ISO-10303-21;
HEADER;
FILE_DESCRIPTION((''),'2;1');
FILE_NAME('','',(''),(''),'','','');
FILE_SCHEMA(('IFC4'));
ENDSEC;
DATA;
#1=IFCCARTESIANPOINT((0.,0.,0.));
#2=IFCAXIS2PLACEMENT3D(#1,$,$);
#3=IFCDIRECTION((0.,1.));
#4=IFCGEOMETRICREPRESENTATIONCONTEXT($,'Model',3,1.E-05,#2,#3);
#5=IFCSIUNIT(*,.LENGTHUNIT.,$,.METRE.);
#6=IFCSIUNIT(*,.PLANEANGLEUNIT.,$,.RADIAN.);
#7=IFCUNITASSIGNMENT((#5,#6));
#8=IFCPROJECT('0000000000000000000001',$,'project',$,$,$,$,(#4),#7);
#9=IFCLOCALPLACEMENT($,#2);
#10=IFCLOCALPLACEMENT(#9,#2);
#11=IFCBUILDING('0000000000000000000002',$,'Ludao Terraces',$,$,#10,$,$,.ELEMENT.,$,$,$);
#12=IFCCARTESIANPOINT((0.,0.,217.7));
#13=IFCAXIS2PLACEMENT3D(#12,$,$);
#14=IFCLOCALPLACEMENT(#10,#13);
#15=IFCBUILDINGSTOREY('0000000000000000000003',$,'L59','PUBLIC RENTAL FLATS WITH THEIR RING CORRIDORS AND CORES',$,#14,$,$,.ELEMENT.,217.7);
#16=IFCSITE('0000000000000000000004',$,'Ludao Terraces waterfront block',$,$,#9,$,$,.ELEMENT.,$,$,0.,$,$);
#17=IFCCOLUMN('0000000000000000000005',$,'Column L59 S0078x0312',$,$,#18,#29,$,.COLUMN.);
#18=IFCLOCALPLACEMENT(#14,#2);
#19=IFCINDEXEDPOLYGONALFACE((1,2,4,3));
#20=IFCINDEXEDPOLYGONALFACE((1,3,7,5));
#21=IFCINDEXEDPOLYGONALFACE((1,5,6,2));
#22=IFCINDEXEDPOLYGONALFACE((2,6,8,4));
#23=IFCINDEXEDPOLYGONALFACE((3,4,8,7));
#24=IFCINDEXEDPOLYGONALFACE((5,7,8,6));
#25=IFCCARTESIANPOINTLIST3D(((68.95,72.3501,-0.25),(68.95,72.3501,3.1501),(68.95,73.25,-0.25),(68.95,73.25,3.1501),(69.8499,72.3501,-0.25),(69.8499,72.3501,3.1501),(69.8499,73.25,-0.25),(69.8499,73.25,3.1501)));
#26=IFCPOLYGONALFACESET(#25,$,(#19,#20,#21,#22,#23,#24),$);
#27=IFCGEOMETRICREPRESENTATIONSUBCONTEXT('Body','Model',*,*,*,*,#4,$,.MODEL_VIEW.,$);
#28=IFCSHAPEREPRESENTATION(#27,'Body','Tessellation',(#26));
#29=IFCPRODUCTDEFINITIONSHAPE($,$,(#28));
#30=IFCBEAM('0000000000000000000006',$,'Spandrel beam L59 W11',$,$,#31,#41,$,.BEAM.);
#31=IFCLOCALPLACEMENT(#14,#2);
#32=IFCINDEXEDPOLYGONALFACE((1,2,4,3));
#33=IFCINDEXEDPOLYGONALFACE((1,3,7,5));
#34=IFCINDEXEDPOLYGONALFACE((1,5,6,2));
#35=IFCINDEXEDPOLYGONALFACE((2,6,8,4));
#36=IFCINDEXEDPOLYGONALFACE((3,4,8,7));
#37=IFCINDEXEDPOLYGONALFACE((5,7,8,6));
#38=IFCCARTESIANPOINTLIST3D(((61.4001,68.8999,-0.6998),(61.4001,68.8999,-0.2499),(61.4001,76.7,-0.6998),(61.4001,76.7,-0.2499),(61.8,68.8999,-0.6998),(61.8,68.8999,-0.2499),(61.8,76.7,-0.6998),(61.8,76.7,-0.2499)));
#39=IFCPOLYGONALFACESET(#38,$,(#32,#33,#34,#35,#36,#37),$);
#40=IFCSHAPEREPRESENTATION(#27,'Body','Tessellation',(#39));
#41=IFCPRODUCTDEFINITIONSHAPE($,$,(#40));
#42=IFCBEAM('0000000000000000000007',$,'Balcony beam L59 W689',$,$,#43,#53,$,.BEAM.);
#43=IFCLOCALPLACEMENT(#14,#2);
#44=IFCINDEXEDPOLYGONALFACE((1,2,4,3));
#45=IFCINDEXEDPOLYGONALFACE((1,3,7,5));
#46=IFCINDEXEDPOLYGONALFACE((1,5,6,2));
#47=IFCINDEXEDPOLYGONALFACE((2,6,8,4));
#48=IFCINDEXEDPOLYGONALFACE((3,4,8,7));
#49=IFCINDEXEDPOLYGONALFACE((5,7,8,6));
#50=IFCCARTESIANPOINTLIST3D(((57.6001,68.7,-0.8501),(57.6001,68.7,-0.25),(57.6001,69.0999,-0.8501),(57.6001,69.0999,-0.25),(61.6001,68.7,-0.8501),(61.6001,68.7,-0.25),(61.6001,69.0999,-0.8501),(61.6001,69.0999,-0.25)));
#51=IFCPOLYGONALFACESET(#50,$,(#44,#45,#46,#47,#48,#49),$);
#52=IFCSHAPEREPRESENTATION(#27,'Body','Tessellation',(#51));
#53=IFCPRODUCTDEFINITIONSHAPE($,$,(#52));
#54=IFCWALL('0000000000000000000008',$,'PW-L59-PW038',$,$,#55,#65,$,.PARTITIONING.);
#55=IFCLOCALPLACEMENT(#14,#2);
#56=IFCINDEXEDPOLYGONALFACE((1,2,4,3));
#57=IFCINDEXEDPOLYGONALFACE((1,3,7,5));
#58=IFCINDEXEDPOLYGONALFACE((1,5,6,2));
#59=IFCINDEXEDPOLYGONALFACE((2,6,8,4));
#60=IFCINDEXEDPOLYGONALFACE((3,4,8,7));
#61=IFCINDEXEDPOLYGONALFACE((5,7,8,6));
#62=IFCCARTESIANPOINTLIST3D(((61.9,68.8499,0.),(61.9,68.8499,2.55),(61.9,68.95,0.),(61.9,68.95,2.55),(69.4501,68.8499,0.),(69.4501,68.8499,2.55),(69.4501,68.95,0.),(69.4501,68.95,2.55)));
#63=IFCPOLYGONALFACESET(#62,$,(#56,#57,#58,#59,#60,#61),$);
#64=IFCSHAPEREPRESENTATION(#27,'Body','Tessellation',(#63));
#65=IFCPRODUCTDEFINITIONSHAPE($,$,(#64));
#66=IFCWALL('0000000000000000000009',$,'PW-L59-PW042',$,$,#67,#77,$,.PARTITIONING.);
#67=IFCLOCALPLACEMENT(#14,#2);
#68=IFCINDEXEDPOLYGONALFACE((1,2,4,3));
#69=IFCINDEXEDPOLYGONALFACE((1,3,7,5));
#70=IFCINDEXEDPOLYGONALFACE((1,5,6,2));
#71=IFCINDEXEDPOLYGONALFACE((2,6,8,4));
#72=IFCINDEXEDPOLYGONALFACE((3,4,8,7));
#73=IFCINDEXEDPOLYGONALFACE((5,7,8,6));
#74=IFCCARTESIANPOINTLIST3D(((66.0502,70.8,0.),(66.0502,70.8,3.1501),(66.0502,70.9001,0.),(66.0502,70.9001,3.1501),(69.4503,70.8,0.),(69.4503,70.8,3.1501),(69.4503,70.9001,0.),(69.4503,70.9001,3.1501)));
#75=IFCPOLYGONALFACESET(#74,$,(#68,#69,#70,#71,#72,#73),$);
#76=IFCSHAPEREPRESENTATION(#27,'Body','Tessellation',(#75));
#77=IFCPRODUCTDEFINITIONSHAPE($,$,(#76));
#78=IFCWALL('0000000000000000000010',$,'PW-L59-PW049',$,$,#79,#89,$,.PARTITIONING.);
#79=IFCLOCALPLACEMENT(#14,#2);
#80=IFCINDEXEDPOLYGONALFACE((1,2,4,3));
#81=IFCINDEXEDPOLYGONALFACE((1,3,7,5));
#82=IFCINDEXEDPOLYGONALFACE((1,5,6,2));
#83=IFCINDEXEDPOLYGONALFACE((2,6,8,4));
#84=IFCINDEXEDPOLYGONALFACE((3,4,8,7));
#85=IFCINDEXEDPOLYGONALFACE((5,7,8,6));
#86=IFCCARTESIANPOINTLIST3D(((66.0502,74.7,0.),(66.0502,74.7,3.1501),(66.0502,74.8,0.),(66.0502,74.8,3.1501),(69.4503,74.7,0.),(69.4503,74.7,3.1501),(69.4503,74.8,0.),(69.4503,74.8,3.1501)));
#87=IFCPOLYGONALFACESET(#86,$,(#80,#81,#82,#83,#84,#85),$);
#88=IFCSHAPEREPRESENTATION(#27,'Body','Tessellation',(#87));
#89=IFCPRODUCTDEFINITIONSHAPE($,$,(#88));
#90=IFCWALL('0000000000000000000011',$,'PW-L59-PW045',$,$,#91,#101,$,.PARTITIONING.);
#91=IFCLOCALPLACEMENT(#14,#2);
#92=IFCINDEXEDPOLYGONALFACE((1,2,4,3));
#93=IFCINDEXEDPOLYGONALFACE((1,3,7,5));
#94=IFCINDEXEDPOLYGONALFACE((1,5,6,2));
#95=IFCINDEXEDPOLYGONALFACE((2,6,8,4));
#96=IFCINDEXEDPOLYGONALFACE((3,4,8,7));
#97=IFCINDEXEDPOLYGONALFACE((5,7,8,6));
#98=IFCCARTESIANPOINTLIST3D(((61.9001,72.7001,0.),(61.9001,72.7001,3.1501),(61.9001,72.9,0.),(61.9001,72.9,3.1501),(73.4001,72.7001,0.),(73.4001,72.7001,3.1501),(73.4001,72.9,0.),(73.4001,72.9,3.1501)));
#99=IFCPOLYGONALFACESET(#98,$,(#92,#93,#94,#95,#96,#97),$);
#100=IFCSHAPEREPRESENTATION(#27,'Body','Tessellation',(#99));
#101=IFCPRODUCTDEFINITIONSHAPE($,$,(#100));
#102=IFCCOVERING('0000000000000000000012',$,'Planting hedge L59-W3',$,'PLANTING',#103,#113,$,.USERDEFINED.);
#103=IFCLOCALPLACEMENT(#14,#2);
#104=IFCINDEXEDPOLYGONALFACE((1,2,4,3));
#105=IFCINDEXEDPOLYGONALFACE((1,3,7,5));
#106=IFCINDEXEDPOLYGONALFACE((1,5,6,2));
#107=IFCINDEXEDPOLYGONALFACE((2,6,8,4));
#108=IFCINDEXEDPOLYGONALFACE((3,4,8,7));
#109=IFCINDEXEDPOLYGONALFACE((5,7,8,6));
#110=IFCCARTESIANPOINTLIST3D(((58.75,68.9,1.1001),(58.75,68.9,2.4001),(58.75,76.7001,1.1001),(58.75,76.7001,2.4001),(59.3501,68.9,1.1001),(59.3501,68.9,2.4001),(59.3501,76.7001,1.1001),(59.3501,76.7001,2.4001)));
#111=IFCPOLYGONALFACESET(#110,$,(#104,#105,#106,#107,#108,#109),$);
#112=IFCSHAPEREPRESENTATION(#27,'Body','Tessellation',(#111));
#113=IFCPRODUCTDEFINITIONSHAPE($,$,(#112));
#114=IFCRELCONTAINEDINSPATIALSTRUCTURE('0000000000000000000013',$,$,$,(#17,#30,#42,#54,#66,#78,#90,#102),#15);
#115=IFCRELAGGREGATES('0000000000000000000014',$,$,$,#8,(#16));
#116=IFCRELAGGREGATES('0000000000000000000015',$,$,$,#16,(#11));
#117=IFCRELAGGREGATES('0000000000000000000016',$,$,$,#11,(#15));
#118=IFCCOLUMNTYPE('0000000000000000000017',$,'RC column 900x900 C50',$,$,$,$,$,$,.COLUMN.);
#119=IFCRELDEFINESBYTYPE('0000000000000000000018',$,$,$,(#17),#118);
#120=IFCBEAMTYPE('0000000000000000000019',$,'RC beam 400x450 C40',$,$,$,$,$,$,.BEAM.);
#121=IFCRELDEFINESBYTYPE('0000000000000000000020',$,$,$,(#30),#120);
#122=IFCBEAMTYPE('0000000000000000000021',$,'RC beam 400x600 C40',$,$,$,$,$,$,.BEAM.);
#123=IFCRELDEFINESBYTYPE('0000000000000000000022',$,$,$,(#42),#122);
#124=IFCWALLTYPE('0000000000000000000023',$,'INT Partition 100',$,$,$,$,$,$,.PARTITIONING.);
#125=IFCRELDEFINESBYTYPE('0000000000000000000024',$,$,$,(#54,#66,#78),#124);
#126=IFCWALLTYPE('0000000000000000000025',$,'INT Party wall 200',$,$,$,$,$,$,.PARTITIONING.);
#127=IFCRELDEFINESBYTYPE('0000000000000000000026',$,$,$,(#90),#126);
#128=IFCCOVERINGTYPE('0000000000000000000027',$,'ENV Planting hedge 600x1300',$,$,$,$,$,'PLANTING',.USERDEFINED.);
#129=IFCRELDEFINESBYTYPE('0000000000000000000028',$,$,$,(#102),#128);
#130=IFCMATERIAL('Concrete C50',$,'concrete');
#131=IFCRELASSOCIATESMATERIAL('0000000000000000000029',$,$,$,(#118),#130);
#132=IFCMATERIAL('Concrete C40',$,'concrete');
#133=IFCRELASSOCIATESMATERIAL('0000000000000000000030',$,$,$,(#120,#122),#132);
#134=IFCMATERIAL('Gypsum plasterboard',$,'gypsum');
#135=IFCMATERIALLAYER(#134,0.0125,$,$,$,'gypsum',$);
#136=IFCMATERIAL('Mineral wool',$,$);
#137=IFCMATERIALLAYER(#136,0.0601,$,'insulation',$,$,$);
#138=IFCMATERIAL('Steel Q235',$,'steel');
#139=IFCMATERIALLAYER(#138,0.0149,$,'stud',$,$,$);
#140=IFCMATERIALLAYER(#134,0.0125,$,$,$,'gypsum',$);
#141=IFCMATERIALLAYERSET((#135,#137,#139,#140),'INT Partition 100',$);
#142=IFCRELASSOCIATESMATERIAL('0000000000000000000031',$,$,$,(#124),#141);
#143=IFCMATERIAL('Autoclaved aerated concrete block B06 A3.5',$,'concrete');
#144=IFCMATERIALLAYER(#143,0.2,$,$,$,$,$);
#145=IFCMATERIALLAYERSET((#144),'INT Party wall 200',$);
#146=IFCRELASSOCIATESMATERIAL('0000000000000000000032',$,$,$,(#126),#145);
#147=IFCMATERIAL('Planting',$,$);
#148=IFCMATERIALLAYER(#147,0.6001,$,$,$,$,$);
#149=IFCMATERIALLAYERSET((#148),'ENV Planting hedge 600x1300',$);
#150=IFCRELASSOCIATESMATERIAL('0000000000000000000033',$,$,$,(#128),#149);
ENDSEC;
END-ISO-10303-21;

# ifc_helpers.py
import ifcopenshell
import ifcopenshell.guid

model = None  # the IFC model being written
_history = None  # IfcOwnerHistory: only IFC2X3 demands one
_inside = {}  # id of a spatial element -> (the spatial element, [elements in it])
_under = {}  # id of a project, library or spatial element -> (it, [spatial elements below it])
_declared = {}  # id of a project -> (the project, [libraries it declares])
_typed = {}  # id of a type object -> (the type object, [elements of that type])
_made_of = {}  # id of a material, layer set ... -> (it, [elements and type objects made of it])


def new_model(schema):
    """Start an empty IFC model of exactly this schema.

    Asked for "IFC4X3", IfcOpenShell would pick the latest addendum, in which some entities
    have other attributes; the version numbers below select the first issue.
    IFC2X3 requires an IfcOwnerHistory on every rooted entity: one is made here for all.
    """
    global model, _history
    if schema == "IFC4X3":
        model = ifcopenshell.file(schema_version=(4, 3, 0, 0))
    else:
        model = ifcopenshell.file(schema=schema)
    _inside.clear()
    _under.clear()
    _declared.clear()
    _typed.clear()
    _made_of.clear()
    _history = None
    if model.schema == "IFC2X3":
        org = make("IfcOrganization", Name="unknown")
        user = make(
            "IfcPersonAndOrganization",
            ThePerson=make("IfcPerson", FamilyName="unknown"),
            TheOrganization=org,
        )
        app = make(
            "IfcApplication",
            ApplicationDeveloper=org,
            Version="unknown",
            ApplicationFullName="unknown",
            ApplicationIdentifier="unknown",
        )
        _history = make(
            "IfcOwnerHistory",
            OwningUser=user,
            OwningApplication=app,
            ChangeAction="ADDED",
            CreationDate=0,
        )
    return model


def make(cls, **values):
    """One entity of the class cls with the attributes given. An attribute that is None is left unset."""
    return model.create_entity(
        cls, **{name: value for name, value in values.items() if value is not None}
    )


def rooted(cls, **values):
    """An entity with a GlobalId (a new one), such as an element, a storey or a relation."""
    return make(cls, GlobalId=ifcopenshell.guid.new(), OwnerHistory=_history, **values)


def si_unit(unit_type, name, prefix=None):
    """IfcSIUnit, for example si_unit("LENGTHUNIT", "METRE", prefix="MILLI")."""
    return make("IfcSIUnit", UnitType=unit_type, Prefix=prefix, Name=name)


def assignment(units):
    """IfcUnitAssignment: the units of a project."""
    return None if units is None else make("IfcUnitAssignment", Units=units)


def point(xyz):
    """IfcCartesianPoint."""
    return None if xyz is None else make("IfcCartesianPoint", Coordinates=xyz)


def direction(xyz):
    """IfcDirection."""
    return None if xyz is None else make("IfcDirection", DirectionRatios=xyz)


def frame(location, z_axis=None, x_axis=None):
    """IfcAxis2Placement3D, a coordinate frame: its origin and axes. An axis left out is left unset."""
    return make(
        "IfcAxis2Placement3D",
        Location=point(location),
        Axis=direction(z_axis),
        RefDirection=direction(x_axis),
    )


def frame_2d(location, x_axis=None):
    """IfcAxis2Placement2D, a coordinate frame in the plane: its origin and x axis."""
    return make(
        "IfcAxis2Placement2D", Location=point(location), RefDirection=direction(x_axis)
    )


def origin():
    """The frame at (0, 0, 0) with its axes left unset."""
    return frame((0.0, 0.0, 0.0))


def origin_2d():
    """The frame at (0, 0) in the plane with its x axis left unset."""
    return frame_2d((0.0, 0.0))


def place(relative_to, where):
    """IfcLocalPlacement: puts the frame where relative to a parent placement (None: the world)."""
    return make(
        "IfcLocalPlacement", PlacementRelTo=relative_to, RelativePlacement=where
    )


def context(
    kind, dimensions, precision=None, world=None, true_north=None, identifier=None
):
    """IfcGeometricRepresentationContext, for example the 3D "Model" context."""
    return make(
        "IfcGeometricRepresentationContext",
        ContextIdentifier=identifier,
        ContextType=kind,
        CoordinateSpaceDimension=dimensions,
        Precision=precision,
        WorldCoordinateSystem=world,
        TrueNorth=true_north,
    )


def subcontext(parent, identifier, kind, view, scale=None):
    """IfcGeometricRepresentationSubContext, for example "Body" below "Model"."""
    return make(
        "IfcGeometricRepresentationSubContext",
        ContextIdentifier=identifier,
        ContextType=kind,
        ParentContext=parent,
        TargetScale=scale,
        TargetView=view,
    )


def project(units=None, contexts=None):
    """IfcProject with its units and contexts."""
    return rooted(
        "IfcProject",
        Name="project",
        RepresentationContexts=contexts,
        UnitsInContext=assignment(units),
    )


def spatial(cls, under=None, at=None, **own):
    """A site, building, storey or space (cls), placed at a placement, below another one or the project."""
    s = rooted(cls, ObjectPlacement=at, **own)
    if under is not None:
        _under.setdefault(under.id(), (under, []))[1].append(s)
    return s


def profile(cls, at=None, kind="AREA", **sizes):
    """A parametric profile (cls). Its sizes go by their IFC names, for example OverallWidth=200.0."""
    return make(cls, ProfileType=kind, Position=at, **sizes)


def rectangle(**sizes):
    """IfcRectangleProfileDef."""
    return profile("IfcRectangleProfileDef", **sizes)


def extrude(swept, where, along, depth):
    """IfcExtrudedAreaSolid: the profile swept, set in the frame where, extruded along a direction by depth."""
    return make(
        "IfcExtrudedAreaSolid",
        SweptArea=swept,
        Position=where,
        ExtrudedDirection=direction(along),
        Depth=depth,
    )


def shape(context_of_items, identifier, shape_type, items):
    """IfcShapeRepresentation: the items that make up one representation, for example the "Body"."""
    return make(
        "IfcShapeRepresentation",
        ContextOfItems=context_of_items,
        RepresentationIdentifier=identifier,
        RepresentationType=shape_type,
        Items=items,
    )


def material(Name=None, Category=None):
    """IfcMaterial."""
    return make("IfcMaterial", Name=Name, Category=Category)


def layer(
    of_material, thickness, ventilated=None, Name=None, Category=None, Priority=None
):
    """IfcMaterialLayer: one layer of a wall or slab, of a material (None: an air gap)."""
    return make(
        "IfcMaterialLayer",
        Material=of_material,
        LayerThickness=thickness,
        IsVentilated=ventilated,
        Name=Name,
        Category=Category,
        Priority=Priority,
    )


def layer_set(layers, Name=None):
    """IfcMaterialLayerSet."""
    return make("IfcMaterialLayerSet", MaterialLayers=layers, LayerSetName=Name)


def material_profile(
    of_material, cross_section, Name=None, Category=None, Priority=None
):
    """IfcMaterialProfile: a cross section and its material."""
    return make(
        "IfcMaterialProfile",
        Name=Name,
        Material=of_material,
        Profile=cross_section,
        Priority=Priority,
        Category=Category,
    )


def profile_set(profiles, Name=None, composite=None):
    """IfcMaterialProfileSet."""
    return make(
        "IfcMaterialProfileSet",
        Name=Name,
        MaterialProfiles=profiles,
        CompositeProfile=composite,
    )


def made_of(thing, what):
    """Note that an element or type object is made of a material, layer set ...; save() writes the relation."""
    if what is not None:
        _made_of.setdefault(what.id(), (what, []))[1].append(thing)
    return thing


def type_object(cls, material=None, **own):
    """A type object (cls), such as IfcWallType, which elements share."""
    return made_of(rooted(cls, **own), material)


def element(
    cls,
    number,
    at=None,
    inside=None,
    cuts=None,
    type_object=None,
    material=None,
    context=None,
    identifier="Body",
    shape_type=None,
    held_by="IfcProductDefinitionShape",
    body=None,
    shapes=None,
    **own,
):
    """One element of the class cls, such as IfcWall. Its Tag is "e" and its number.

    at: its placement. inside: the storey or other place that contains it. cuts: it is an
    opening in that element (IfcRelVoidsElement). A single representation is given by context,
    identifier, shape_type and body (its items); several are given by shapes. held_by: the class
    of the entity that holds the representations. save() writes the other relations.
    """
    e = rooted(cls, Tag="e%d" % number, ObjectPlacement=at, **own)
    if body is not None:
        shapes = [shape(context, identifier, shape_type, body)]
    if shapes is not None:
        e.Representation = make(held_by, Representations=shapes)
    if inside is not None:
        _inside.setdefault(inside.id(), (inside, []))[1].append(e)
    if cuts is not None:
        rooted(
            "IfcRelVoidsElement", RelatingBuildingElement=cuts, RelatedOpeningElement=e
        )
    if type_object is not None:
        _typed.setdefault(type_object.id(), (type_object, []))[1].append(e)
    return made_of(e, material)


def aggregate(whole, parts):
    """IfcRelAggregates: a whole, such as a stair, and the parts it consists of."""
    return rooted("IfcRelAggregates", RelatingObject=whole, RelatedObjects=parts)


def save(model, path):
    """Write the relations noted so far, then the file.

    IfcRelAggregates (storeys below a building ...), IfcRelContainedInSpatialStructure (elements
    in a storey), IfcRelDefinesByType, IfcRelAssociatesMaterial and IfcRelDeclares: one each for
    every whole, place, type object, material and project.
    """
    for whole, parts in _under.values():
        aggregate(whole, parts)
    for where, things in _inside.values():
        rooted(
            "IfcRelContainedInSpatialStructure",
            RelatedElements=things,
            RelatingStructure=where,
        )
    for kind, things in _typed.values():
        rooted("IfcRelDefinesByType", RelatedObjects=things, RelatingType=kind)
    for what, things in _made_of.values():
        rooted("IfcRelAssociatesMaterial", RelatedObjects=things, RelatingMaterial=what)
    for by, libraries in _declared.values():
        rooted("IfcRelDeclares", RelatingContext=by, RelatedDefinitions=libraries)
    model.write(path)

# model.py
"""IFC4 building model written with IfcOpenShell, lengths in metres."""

from ifc_helpers import new_model, si_unit, direction, frame, frame_2d, origin, origin_2d, place, context, subcontext, project, spatial, rectangle, extrude, material, layer, layer_set, material_profile, profile_set, type_object, element, save


model = new_model("IFC4")

# Units and contexts
model_context = context("Model", 3, precision=1e-05, world=origin(), true_north=direction((0.0, 1.0)))
body_context = subcontext(model_context, "Body", "Model", "MODEL_VIEW")
ifc_project = project(units=[si_unit("LENGTHUNIT", "METRE"), si_unit("PLANEANGLEUNIT", "RADIAN")], contexts=[model_context])

# Site, building, storey
site_placement = place(None, origin())
site = spatial("IfcSite", under=ifc_project, at=site_placement, Name="Ludao Terraces waterfront block", CompositionType="ELEMENT", RefElevation=0.0)
building_placement = place(site_placement, origin())
building = spatial("IfcBuilding", under=site, at=building_placement, Name="Ludao Terraces", CompositionType="ELEMENT")
storey_placement = place(building_placement, frame((0.0, 0.0, 217.7)))
storey = spatial("IfcBuildingStorey", under=building, at=storey_placement, Name="L59", Description="PUBLIC RENTAL FLATS WITH THEIR RING CORRIDORS AND CORES", CompositionType="ELEMENT", Elevation=217.7)

# Column
ifc_material_1 = material(Name="Concrete C50", Category="concrete")
ifc_material_profile_1 = material_profile(ifc_material_1, rectangle(XDim=0.8999, YDim=0.8999, at=origin_2d()), Name="900 X 900")
ifc_profile_set_1 = profile_set([ifc_material_profile_1], Name="Concrete C50")
column_type = type_object("IfcColumnType", Name="RC column 900x900 C50", PredefinedType="COLUMN", material=ifc_profile_set_1)
column_placement = place(storey_placement, frame((69.3999, 72.8, -0.25), z_axis=(0.0, 0.0, 1.0), x_axis=(1.0, 0.0, 0.0)))
element("IfcColumn", 1, at=column_placement, inside=storey, type_object=column_type, Name="Column L59 S0078x0312", PredefinedType="COLUMN", context=body_context, shape_type="SweptSolid", body=[
    extrude(rectangle(XDim=0.8999, YDim=0.8999, at=origin_2d()), origin(), (0.0, 0.0, 1.0), 3.4001),
])

# Beams
ifc_material_2 = material(Name="Concrete C40", Category="concrete")
ifc_material_profile_2 = material_profile(ifc_material_2, rectangle(XDim=0.3999, YDim=0.45, at=origin_2d()), Name="400 X 450")
ifc_profile_set_2 = profile_set([ifc_material_profile_2], Name="Concrete C40")
beam_type_1 = type_object("IfcBeamType", Name="RC beam 400x450 C40", PredefinedType="BEAM", material=ifc_profile_set_2)
beam_1_placement = place(storey_placement, frame((61.6001, 68.8999, -0.4749), z_axis=(0.0, 1.0, 0.0), x_axis=(-1.0, 0.0, 0.0)))
element("IfcBeam", 2, at=beam_1_placement, inside=storey, type_object=beam_type_1, Name="Spandrel beam L59 W11", PredefinedType="BEAM", context=body_context, shape_type="SweptSolid", body=[
    extrude(rectangle(XDim=0.3999, YDim=0.45, at=origin_2d()), origin(), (0.0, 0.0, 1.0), 7.8),
])
ifc_material_profile_3 = material_profile(ifc_material_2, rectangle(XDim=0.3999, YDim=0.6001, at=origin_2d()), Name="400 X 600")
ifc_profile_set_3 = profile_set([ifc_material_profile_3], Name="Concrete C40")
beam_type_2 = type_object("IfcBeamType", Name="RC beam 400x600 C40", PredefinedType="BEAM", material=ifc_profile_set_3)
beam_2_placement = place(storey_placement, frame((61.6001, 68.8999, -0.55), z_axis=(-1.0, 0.0, 0.0), x_axis=(0.0, -1.0, 0.0)))
element("IfcBeam", 3, at=beam_2_placement, inside=storey, type_object=beam_type_2, Name="Balcony beam L59 W689", PredefinedType="BEAM", context=body_context, shape_type="SweptSolid", body=[
    extrude(rectangle(XDim=0.3999, YDim=0.6001, at=origin_2d()), origin(), (0.0, 0.0, 1.0), 4.0),
])

# Shared definitions
ifc_material_3 = material(Name="Mineral wool")

# Walls
ifc_material_4 = material(Name="Gypsum plasterboard", Category="gypsum")
ifc_layer_1 = layer(ifc_material_4, 0.0125, Category="gypsum")
ifc_layer_2 = layer(ifc_material_3, 0.0601, Name="insulation")
ifc_material_5 = material(Name="Steel Q235", Category="steel")
ifc_layer_3 = layer(ifc_material_5, 0.0149, Name="stud")
ifc_layer_4 = layer(ifc_material_4, 0.0125, Category="gypsum")
ifc_layer_set_1 = layer_set([ifc_layer_1, ifc_layer_2, ifc_layer_3, ifc_layer_4], Name="INT Partition 100")
wall_type_1 = type_object("IfcWallType", Name="INT Partition 100", PredefinedType="PARTITIONING", material=ifc_layer_set_1)
wall_1_placement = place(storey_placement, frame((61.9001, 68.8999, 0.0), z_axis=(0.0, 0.0, 1.0), x_axis=(1.0, 0.0, 0.0)))
element("IfcWall", 4, at=wall_1_placement, inside=storey, type_object=wall_type_1, Name="PW-L59-PW038", PredefinedType="PARTITIONING", context=body_context, shape_type="SweptSolid", body=[
    extrude(rectangle(XDim=7.55, YDim=0.1001, at=frame_2d((3.7749, 0.0))), origin(), (0.0, 0.0, 1.0), 2.55),
])
for number, where, z_axis, x_axis, name in (
    (5, (66.05, 70.8501, 0.0), (0.0, 0.0, 1.0), (1.0, 0.0, 0.0), "PW-L59-PW042"),
    (6, (66.05, 74.75, 0.0), (0.0, 0.0, 1.0), (1.0, 0.0, 0.0), "PW-L59-PW049"),
):
    element("IfcWall", number, at=place(storey_placement, frame(where, z_axis=z_axis, x_axis=x_axis)), inside=storey, type_object=wall_type_1, Name=name, PredefinedType="PARTITIONING", context=body_context, shape_type="SweptSolid", body=[
        extrude(rectangle(XDim=3.4001, YDim=0.1001, at=frame_2d((1.7002, 0.0))), origin(), (0.0, 0.0, 1.0), 3.1501),
    ])
ifc_material_6 = material(Name="Autoclaved aerated concrete block B06 A3.5", Category="concrete")
ifc_layer_5 = layer(ifc_material_6, 0.2)
ifc_layer_set_2 = layer_set([ifc_layer_5], Name="INT Party wall 200")
wall_type_2 = type_object("IfcWallType", Name="INT Party wall 200", PredefinedType="PARTITIONING", material=ifc_layer_set_2)
wall_2_placement = place(storey_placement, frame((61.9001, 72.8, 0.0), z_axis=(0.0, 0.0, 1.0), x_axis=(1.0, 0.0, 0.0)))
element("IfcWall", 7, at=wall_2_placement, inside=storey, type_object=wall_type_2, Name="PW-L59-PW045", PredefinedType="PARTITIONING", context=body_context, shape_type="SweptSolid", body=[
    extrude(rectangle(XDim=11.5, YDim=0.2, at=frame_2d((5.75, 0.0))), origin(), (0.0, 0.0, 1.0), 3.1501),
])

# Covering
ifc_material_7 = material(Name="Planting")
ifc_layer_6 = layer(ifc_material_7, 0.6001)
ifc_layer_set_3 = layer_set([ifc_layer_6], Name="ENV Planting hedge 600x1300")
covering_type = type_object("IfcCoveringType", Name="ENV Planting hedge 600x1300", ElementType="PLANTING", PredefinedType="USERDEFINED", material=ifc_layer_set_3)
covering_placement = place(storey_placement, frame((59.05, 72.8, 1.1001), z_axis=(0.0, 0.0, 1.0), x_axis=(1.0, 0.0, 0.0)))
element("IfcCovering", 8, at=covering_placement, inside=storey, type_object=covering_type, Name="Planting hedge L59-W3", ObjectType="PLANTING", PredefinedType="USERDEFINED", context=body_context, shape_type="SweptSolid", body=[
    extrude(rectangle(XDim=0.6001, YDim=7.8, at=origin_2d()), origin(), (0.0, 0.0, 1.0), 1.3),
])

save(model, "model.ifc")
